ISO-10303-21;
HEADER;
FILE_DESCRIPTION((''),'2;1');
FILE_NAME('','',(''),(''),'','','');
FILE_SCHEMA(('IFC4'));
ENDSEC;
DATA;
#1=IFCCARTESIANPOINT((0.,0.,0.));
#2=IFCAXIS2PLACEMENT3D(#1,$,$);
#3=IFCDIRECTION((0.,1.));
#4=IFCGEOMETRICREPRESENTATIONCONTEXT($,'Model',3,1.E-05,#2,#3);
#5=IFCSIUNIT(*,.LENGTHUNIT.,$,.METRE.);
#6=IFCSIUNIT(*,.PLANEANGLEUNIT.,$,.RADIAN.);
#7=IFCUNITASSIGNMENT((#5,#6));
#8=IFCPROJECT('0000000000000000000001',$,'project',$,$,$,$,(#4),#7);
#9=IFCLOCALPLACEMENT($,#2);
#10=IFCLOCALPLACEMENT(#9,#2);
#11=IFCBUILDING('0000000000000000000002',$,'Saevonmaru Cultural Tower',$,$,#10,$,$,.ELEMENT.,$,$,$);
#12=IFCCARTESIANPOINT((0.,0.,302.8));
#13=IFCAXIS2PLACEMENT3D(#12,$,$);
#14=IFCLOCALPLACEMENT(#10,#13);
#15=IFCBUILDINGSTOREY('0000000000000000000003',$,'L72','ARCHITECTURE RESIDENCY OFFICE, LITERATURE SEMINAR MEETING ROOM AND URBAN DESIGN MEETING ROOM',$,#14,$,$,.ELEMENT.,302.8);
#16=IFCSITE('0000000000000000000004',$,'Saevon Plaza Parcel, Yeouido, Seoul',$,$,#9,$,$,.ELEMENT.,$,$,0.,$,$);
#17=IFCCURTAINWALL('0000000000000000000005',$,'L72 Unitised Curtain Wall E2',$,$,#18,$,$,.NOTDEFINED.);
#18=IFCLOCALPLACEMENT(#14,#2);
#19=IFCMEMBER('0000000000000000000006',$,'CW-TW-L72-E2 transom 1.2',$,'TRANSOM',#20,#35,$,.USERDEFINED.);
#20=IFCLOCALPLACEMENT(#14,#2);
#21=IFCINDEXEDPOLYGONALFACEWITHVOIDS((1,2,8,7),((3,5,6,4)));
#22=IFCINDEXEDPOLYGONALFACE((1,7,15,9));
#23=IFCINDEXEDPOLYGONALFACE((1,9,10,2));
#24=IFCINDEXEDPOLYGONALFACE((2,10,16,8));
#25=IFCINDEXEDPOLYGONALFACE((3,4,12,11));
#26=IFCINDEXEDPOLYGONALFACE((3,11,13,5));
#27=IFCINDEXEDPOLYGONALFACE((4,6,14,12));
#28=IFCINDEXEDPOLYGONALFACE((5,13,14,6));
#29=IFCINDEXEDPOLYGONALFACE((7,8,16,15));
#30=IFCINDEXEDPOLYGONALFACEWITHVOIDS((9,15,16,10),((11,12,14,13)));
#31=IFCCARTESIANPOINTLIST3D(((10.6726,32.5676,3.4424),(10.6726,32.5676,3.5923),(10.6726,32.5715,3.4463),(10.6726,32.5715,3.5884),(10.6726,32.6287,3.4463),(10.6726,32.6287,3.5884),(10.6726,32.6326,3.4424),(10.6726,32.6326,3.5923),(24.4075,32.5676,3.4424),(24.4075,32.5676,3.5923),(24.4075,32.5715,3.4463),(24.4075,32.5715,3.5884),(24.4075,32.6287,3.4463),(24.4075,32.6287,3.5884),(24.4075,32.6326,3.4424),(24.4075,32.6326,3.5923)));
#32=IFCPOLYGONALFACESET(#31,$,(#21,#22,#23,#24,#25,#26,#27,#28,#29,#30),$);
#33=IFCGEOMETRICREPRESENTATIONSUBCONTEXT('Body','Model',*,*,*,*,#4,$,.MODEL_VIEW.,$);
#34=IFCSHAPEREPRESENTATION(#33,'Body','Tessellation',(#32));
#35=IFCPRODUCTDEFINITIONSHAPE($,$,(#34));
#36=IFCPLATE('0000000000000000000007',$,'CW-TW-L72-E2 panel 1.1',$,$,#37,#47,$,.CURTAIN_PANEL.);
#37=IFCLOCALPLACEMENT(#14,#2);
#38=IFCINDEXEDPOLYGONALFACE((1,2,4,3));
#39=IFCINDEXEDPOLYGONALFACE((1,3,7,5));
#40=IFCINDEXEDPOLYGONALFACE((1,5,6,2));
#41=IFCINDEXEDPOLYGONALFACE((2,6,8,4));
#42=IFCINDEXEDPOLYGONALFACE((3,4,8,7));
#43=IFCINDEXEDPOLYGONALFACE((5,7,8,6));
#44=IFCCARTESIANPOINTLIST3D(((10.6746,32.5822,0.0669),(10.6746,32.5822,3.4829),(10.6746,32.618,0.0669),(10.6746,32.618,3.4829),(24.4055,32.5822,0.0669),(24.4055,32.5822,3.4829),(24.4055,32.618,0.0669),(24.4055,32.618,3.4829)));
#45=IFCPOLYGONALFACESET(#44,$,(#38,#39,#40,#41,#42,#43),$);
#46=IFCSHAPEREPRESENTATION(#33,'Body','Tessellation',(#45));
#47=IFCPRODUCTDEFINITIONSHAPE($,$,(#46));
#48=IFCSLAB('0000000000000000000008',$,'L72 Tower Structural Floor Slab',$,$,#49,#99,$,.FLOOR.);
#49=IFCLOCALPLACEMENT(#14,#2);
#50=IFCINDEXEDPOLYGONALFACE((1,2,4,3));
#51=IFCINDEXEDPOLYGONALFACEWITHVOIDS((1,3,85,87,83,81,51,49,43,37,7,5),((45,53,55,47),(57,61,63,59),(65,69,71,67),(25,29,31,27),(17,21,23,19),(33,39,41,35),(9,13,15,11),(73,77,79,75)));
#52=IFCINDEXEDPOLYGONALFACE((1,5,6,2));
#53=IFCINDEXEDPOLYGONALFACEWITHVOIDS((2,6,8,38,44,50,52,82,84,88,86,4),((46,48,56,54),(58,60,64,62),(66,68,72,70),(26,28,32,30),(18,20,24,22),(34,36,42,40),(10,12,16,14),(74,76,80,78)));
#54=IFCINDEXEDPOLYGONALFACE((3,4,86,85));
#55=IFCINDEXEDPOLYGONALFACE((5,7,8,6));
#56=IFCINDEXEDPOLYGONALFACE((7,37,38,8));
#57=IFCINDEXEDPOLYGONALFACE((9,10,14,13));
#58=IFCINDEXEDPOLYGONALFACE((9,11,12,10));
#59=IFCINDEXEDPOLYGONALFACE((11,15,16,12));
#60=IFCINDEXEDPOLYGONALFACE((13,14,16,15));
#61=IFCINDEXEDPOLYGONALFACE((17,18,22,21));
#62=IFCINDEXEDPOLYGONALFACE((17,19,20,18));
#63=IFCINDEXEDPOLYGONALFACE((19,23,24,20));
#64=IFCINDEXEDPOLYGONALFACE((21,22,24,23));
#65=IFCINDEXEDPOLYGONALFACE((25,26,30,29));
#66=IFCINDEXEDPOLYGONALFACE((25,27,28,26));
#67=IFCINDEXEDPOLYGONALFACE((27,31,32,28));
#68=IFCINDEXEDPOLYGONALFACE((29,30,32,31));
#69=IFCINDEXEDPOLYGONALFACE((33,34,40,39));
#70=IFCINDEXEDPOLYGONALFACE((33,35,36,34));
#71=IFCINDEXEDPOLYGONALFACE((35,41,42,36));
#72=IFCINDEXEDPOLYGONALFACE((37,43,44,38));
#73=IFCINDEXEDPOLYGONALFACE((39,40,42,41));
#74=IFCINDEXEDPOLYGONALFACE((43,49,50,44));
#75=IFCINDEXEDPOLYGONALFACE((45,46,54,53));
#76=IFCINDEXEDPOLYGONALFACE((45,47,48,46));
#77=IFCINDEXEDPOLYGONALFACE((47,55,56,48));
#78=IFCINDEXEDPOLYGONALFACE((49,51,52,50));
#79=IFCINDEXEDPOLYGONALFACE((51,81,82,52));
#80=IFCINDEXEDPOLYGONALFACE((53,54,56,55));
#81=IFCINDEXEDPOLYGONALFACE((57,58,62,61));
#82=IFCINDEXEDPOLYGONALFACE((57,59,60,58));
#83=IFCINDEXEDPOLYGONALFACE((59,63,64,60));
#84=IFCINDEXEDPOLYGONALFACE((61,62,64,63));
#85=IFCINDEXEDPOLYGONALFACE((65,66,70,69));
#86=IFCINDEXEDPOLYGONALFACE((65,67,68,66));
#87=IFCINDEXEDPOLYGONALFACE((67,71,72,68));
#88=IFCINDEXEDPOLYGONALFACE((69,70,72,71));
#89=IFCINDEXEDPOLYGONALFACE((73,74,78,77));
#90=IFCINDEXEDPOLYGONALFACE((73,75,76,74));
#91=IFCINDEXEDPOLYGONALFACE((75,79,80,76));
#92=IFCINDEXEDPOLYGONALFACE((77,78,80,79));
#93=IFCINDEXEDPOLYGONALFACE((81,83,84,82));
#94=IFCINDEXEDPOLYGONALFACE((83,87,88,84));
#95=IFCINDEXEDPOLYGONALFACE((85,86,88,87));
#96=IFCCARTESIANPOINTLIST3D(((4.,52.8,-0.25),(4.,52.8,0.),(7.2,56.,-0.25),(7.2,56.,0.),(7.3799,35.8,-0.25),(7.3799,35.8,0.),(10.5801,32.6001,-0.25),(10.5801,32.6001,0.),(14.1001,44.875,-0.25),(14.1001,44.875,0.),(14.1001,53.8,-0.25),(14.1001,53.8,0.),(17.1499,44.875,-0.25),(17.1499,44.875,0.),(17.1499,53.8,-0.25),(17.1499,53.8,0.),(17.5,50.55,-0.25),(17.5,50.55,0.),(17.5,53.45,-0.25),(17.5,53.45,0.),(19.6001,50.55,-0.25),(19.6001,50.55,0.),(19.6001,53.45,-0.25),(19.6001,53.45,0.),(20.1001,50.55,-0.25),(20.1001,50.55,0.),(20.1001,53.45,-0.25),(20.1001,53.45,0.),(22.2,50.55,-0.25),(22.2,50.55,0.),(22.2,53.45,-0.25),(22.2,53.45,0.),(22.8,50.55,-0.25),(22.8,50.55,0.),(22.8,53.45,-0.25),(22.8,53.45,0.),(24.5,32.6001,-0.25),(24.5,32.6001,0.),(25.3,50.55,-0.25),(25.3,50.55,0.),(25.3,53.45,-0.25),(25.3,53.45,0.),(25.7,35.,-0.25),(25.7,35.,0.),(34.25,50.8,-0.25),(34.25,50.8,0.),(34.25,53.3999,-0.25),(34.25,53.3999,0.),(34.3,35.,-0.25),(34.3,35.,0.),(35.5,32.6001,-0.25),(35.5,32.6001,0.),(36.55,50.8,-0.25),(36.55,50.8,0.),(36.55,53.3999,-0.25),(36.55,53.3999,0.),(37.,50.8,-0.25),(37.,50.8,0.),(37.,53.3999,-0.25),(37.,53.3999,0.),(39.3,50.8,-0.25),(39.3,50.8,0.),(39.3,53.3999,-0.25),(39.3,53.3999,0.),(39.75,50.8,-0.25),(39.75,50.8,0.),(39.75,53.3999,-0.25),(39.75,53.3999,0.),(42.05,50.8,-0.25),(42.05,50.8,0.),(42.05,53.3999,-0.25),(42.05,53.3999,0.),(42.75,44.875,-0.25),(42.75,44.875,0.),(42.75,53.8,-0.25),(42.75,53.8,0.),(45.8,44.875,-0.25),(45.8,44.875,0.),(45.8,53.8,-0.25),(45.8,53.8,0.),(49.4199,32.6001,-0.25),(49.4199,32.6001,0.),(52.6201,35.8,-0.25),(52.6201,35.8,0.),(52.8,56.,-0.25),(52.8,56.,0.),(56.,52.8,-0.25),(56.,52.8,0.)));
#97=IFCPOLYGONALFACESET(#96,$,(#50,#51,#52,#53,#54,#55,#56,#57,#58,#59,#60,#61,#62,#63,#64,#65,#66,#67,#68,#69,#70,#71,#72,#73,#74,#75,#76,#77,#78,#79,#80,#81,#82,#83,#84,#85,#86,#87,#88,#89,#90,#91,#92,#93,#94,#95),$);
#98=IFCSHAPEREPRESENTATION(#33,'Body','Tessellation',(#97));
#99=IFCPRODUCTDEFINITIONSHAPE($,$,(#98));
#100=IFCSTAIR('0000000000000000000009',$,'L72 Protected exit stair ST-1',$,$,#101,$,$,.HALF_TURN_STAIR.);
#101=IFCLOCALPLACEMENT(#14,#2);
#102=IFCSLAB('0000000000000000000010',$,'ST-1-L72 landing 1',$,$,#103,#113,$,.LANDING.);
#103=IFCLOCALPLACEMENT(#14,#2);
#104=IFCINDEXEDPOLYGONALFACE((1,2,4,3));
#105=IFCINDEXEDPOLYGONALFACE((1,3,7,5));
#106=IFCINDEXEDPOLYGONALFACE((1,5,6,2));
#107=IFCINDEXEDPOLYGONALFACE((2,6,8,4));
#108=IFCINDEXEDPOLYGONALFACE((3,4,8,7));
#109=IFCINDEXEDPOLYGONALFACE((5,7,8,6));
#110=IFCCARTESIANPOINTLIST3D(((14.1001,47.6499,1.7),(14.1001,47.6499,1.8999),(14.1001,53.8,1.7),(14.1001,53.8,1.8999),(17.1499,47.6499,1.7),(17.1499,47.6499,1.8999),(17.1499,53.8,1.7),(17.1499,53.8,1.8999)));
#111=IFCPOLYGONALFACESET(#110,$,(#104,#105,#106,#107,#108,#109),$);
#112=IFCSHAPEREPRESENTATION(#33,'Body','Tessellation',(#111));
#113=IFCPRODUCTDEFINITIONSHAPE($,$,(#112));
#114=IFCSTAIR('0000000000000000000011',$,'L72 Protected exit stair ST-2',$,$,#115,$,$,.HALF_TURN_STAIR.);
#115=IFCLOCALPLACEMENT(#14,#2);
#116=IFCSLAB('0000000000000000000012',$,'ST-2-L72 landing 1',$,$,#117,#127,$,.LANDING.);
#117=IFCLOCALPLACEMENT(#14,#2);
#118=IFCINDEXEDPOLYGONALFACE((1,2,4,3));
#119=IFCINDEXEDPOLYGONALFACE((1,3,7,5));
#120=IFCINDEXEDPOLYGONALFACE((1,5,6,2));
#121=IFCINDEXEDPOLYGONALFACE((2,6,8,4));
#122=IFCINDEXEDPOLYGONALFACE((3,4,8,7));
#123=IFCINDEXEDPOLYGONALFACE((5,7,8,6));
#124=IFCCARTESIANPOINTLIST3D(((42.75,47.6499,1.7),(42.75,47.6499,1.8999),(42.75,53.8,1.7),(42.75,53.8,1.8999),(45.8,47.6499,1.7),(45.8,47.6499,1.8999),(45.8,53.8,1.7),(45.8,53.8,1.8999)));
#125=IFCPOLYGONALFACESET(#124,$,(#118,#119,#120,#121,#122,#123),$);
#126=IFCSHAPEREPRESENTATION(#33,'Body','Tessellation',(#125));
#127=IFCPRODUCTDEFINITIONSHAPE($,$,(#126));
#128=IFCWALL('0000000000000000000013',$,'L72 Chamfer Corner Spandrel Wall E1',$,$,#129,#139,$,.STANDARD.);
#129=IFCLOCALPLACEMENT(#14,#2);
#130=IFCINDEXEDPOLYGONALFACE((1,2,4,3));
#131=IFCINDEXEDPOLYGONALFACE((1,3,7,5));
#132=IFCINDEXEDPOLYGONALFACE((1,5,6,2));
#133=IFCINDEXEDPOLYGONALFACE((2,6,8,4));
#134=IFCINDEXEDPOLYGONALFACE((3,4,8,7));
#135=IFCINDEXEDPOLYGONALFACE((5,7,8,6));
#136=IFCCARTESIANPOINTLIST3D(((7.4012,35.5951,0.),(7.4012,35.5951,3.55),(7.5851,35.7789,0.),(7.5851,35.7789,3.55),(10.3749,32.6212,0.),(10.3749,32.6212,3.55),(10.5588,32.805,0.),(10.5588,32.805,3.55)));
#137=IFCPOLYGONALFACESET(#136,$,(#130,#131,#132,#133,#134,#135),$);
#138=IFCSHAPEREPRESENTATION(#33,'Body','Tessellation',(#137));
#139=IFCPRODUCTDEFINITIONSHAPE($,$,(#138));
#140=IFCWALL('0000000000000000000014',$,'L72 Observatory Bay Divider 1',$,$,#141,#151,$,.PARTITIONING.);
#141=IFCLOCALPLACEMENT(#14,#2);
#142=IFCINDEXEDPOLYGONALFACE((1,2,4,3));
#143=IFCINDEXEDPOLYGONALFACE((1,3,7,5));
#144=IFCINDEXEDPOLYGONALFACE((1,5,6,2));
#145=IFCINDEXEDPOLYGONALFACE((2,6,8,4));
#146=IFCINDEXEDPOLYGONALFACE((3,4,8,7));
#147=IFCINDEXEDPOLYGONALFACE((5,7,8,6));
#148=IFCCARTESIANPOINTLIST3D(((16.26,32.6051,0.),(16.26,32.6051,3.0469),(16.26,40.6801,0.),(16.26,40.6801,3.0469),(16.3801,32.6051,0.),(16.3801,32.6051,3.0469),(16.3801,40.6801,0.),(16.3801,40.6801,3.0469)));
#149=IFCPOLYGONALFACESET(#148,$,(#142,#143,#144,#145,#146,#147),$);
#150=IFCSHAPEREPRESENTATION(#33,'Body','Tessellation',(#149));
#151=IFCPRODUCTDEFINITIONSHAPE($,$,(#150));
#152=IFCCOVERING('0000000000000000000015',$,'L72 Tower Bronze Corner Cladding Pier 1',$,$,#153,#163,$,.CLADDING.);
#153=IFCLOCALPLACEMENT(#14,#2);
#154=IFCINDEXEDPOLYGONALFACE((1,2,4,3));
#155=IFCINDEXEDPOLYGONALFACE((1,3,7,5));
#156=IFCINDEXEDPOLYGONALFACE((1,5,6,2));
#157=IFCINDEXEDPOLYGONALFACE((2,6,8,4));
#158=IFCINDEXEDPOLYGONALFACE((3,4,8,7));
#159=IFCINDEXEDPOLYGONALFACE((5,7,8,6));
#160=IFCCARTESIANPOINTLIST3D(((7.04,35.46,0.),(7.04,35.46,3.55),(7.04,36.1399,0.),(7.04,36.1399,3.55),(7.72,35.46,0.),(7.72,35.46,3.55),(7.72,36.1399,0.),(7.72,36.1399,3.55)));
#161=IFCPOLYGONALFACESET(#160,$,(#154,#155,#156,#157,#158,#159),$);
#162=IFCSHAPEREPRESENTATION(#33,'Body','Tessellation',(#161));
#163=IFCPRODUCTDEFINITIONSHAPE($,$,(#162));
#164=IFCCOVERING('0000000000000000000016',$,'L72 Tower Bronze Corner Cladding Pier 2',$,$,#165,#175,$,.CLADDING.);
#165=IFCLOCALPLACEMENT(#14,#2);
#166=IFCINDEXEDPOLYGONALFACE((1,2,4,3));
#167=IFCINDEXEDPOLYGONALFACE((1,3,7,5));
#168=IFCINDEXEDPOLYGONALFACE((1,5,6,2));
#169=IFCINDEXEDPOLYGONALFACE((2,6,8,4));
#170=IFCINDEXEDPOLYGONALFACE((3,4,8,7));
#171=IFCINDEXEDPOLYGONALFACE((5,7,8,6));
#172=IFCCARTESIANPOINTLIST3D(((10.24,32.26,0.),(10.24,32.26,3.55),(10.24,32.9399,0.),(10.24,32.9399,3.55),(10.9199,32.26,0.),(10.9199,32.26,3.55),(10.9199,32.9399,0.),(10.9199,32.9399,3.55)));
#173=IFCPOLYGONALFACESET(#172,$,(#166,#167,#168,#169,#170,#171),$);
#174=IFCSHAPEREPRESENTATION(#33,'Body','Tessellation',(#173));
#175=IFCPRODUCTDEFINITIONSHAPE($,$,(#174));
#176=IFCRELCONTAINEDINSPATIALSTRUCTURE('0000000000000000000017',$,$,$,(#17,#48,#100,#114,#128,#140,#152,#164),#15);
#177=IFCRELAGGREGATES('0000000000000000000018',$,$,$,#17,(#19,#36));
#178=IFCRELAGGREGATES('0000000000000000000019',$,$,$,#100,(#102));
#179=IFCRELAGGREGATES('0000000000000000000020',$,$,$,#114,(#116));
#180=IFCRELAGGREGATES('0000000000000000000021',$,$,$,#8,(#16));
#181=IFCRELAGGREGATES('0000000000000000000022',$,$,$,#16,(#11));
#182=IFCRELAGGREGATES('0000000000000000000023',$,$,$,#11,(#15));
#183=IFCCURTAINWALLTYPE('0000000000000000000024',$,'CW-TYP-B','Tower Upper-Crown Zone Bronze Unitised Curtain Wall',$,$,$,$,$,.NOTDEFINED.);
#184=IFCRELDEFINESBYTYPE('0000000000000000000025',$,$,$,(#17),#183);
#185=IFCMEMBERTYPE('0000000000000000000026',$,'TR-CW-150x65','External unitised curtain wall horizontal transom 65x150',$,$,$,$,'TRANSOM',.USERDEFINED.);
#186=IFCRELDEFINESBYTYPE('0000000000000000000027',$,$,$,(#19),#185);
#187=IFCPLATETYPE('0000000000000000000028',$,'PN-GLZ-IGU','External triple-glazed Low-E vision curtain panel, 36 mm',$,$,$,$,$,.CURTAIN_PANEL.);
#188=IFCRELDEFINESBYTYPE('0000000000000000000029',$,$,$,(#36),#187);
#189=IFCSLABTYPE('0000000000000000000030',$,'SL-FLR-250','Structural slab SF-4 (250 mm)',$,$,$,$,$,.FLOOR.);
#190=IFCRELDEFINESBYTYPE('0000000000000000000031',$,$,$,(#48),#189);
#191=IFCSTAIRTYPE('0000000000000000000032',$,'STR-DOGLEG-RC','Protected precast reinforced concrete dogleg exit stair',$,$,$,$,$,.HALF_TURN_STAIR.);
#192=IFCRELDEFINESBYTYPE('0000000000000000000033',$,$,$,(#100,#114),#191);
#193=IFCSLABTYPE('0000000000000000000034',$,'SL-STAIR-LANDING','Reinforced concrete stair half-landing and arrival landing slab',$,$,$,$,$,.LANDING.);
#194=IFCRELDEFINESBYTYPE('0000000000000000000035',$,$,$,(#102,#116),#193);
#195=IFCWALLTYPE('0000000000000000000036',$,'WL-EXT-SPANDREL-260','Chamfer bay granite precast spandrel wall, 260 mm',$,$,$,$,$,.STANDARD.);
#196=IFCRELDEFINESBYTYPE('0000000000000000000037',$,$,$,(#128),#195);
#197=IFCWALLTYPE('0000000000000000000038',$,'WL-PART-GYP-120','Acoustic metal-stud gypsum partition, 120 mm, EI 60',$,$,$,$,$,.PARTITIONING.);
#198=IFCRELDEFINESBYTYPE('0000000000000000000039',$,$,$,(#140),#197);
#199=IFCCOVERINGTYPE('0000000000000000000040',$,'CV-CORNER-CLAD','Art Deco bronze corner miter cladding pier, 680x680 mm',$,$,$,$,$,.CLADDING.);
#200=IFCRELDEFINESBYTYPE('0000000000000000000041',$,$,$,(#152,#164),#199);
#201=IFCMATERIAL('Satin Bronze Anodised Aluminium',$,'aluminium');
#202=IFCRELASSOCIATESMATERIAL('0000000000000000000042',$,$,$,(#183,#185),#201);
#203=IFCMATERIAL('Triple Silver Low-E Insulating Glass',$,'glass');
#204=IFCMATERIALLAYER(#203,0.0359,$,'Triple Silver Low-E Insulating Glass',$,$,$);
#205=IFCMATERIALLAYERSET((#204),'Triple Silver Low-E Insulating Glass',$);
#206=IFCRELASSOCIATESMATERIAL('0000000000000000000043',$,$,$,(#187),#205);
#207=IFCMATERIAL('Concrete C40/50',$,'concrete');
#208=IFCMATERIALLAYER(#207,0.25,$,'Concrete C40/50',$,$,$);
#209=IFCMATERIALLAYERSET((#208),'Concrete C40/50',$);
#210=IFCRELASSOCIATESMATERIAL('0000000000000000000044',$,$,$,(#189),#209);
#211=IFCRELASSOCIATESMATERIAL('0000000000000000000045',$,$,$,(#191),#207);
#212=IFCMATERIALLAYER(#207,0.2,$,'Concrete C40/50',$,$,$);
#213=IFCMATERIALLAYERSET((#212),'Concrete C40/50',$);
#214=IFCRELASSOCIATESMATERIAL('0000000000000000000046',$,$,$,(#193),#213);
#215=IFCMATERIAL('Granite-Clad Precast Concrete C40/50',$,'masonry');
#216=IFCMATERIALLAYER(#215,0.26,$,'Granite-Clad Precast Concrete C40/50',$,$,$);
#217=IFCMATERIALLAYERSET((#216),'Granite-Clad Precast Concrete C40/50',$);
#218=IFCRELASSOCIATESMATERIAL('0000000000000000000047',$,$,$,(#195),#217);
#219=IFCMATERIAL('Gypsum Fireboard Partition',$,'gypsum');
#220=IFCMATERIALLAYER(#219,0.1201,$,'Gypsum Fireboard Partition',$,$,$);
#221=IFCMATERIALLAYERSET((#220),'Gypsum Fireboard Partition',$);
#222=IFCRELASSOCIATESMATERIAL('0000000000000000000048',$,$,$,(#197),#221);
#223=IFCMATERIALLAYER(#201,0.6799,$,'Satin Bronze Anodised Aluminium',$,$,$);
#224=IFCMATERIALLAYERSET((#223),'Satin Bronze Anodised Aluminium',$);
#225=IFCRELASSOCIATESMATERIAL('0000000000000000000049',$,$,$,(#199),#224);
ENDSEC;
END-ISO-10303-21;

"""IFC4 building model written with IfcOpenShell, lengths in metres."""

from ifc_helpers import new_model, si_unit, direction, frame, frame_2d, origin, origin_2d, place, context, subcontext, project, spatial, polyline, rectangle, hollow_rectangle, outline, extrude, material, layer, layer_set, material_profile, profile_set, type_object, element, aggregate, save


model = new_model("IFC4")

# Units and contexts
model_context = context("Model", 3, precision=1e-05, world=origin(), true_north=direction((0.0, 1.0)))
body_context = subcontext(model_context, "Body", "Model", "MODEL_VIEW")
ifc_project = project(units=[si_unit("LENGTHUNIT", "METRE"), si_unit("PLANEANGLEUNIT", "RADIAN")], contexts=[model_context])

# Site, building, storey
site_placement = place(None, origin())
site = spatial("IfcSite", under=ifc_project, at=site_placement, Name="Saevon Plaza Parcel, Yeouido, Seoul", CompositionType="ELEMENT", RefElevation=0.0)
building_placement = place(site_placement, origin())
building = spatial("IfcBuilding", under=site, at=building_placement, Name="Saevonmaru Cultural Tower", CompositionType="ELEMENT")
storey_placement = place(building_placement, frame((0.0, 0.0, 302.8)))
storey = spatial("IfcBuildingStorey", under=building, at=storey_placement, Name="L72", Description="ARCHITECTURE RESIDENCY OFFICE, LITERATURE SEMINAR MEETING ROOM AND URBAN DESIGN MEETING ROOM", CompositionType="ELEMENT", Elevation=302.8)

# Curtain wall
ifc_material_1 = material(Name="Satin Bronze Anodised Aluminium", Category="aluminium")
curtain_wall_type = type_object("IfcCurtainWallType", Name="CW-TYP-B", Description="Tower Upper-Crown Zone Bronze Unitised Curtain Wall", PredefinedType="NOTDEFINED", material=ifc_material_1)
curtain_wall_1_placement = place(storey_placement, origin())
curtain_wall_1 = element("IfcCurtainWall", 1, at=curtain_wall_1_placement, inside=storey, type_object=curtain_wall_type, Name="L72 Unitised Curtain Wall E2", PredefinedType="NOTDEFINED")

# Member
ifc_material_profile_1 = material_profile(ifc_material_1, hollow_rectangle(XDim=0.0649, YDim=0.1499, WallThickness=0.0039, at=origin_2d()), Name="ALU-TRAN-150x65x4")
ifc_profile_set_1 = profile_set([ifc_material_profile_1], Name="Satin Bronze Anodised Aluminium")
member_type_1 = type_object("IfcMemberType", Name="TR-CW-150x65", Description="External unitised curtain wall horizontal transom 65x150", ElementType="TRANSOM", PredefinedType="USERDEFINED", material=ifc_profile_set_1)
member_1_placement = place(storey_placement, frame((10.6726, 32.6001, 3.5173), z_axis=(1.0, 0.0, 0.0), x_axis=(0.0, 1.0, 0.0)))
member_1 = element("IfcMember", 2, at=member_1_placement, type_object=member_type_1, Name="CW-TW-L72-E2 transom 1.2", ObjectType="TRANSOM", PredefinedType="USERDEFINED", context=body_context, shape_type="SweptSolid", body=[
    extrude(hollow_rectangle(XDim=0.0649, YDim=0.1499, WallThickness=0.0039, at=origin_2d()), origin(), (0.0, 0.0, 1.0), 13.7349),
])

# Plate
ifc_material_2 = material(Name="Triple Silver Low-E Insulating Glass", Category="glass")
ifc_layer_1 = layer(ifc_material_2, 0.0359, Name="Triple Silver Low-E Insulating Glass")
ifc_layer_set_1 = layer_set([ifc_layer_1], Name="Triple Silver Low-E Insulating Glass")
plate_type = type_object("IfcPlateType", Name="PN-GLZ-IGU", Description="External triple-glazed Low-E vision curtain panel, 36 mm", PredefinedType="CURTAIN_PANEL", material=ifc_layer_set_1)
plate_placement = place(storey_placement, frame((17.54, 32.6001, 0.0669), z_axis=(0.0, 0.0, 1.0), x_axis=(1.0, 0.0, 0.0)))
plate = element("IfcPlate", 3, at=plate_placement, type_object=plate_type, Name="CW-TW-L72-E2 panel 1.1", PredefinedType="CURTAIN_PANEL", context=body_context, shape_type="SweptSolid", body=[
    extrude(rectangle(XDim=13.731, YDim=0.0359, at=origin_2d()), origin(), (0.0, 0.0, 1.0), 3.416),
])
aggregate(curtain_wall_1, [member_1, plate])

# Slab
ifc_material_3 = material(Name="Concrete C40/50", Category="concrete")
ifc_layer_2 = layer(ifc_material_3, 0.25, Name="Concrete C40/50")
ifc_layer_set_2 = layer_set([ifc_layer_2], Name="Concrete C40/50")
slab_type_1 = type_object("IfcSlabType", Name="SL-FLR-250", Description="Structural slab SF-4 (250 mm)", PredefinedType="FLOOR", material=ifc_layer_set_2)
slab_1_placement = place(storey_placement, frame((0.0, 0.0, -0.25)))
element("IfcSlab", 4, at=slab_1_placement, inside=storey, type_object=slab_type_1, Name="L72 Tower Structural Floor Slab", PredefinedType="FLOOR", context=body_context, shape_type="SweptSolid", body=[
    extrude(outline(polyline([(7.3799, 35.8), (10.5801, 32.6001), (24.5, 32.6001), (25.7, 35.0), (34.3, 35.0), (35.5, 32.6001), (49.4199, 32.6001), (52.6201, 35.8), (56.0, 52.8), (52.8, 56.0), (7.2, 56.0), (4.0, 52.8), (7.3799, 35.8)]), holes=[polyline([(45.8, 53.8), (45.8, 44.875), (42.75, 44.875), (42.75, 53.8), (45.8, 53.8)]), polyline([(42.05, 50.8), (39.75, 50.8), (39.75, 53.3999), (42.05, 53.3999), (42.05, 50.8)]), polyline([(39.3, 50.8), (37.0, 50.8), (37.0, 53.3999), (39.3, 53.3999), (39.3, 50.8)]), polyline([(36.55, 50.8), (34.25, 50.8), (34.25, 53.3999), (36.55, 53.3999), (36.55, 50.8)]), polyline([(25.3, 50.55), (22.8, 50.55), (22.8, 53.45), (25.3, 53.45), (25.3, 50.55)]), polyline([(22.2, 50.55), (20.1001, 50.55), (20.1001, 53.45), (22.2, 53.45), (22.2, 50.55)]), polyline([(19.6001, 50.55), (17.5, 50.55), (17.5, 53.45), (19.6001, 53.45), (19.6001, 50.55)]), polyline([(17.1499, 53.8), (17.1499, 44.875), (14.1001, 44.875), (14.1001, 53.8), (17.1499, 53.8)])]), origin(), (0.0, 0.0, 1.0), 0.25),
])

# Stairs, slabs
stair_type = type_object("IfcStairType", Name="STR-DOGLEG-RC", Description="Protected precast reinforced concrete dogleg exit stair", PredefinedType="HALF_TURN_STAIR", material=ifc_material_3)
stair_1_placement = place(storey_placement, origin())
stair_1 = element("IfcStair", 5, at=stair_1_placement, inside=storey, type_object=stair_type, Name="L72 Protected exit stair ST-1", PredefinedType="HALF_TURN_STAIR")
ifc_layer_3 = layer(ifc_material_3, 0.2, Name="Concrete C40/50")
ifc_layer_set_3 = layer_set([ifc_layer_3], Name="Concrete C40/50")
slab_type_2 = type_object("IfcSlabType", Name="SL-STAIR-LANDING", Description="Reinforced concrete stair half-landing and arrival landing slab", PredefinedType="LANDING", material=ifc_layer_set_3)
slab_2_placement = place(storey_placement, frame((0.0, 0.0, 1.7)))
slab_2 = element("IfcSlab", 6, at=slab_2_placement, type_object=slab_type_2, Name="ST-1-L72 landing 1", PredefinedType="LANDING", context=body_context, shape_type="SweptSolid", body=[
    extrude(outline(polyline([(17.1499, 47.6499), (17.1499, 53.8), (14.1001, 53.8), (14.1001, 47.6499), (17.1499, 47.6499)])), origin(), (0.0, 0.0, 1.0), 0.2),
])
aggregate(stair_1, [slab_2])
stair_2_placement = place(storey_placement, origin())
stair_2 = element("IfcStair", 7, at=stair_2_placement, inside=storey, type_object=stair_type, Name="L72 Protected exit stair ST-2", PredefinedType="HALF_TURN_STAIR")
slab_3_placement = place(storey_placement, frame((0.0, 0.0, 1.7)))
slab_3 = element("IfcSlab", 8, at=slab_3_placement, type_object=slab_type_2, Name="ST-2-L72 landing 1", PredefinedType="LANDING", context=body_context, shape_type="SweptSolid", body=[
    extrude(outline(polyline([(45.8, 47.6499), (45.8, 53.8), (42.75, 53.8), (42.75, 47.6499), (45.8, 47.6499)])), origin(), (0.0, 0.0, 1.0), 0.2),
])
aggregate(stair_2, [slab_3])

# Walls
ifc_material_4 = material(Name="Granite-Clad Precast Concrete C40/50", Category="masonry")
ifc_layer_4 = layer(ifc_material_4, 0.26, Name="Granite-Clad Precast Concrete C40/50")
ifc_layer_set_4 = layer_set([ifc_layer_4], Name="Granite-Clad Precast Concrete C40/50")
wall_type_1 = type_object("IfcWallType", Name="WL-EXT-SPANDREL-260", Description="Chamfer bay granite precast spandrel wall, 260 mm", PredefinedType="STANDARD", material=ifc_layer_set_4)
wall_1_placement = place(storey_placement, frame((7.4932, 35.687, 0.0), z_axis=(0.0, 0.0, 1.0), x_axis=(0.707078, -0.707136, 0.0)))
element("IfcWall", 9, at=wall_1_placement, inside=storey, type_object=wall_type_1, Name="L72 Chamfer Corner Spandrel Wall E1", PredefinedType="STANDARD", context=body_context, shape_type="SweptSolid", body=[
    extrude(rectangle(XDim=4.2056, YDim=0.26, at=frame_2d((2.1028, 0.0))), origin(), (0.0, 0.0, 1.0), 3.55),
])
ifc_material_5 = material(Name="Gypsum Fireboard Partition", Category="gypsum")
ifc_layer_5 = layer(ifc_material_5, 0.1201, Name="Gypsum Fireboard Partition")
ifc_layer_set_5 = layer_set([ifc_layer_5], Name="Gypsum Fireboard Partition")
wall_type_2 = type_object("IfcWallType", Name="WL-PART-GYP-120", Description="Acoustic metal-stud gypsum partition, 120 mm, EI 60", PredefinedType="PARTITIONING", material=ifc_layer_set_5)
wall_2_placement = place(storey_placement, frame((16.3201, 32.605, 0.0), z_axis=(0.0, 0.0, 1.0), x_axis=(0.0, 1.0, 0.0)))
element("IfcWall", 10, at=wall_2_placement, inside=storey, type_object=wall_type_2, Name="L72 Observatory Bay Divider 1", PredefinedType="PARTITIONING", context=body_context, shape_type="SweptSolid", body=[
    extrude(rectangle(XDim=8.075, YDim=0.1201, at=frame_2d((4.0376, 0.0))), origin(), (0.0, 0.0, 1.0), 3.0469),
])

# Coverings
ifc_layer_6 = layer(ifc_material_1, 0.6799, Name="Satin Bronze Anodised Aluminium")
ifc_layer_set_6 = layer_set([ifc_layer_6], Name="Satin Bronze Anodised Aluminium")
covering_type = type_object("IfcCoveringType", Name="CV-CORNER-CLAD", Description="Art Deco bronze corner miter cladding pier, 680x680 mm", PredefinedType="CLADDING", material=ifc_layer_set_6)
covering_1_placement = place(storey_placement, origin())
element("IfcCovering", 11, at=covering_1_placement, inside=storey, type_object=covering_type, Name="L72 Tower Bronze Corner Cladding Pier 1", PredefinedType="CLADDING", context=body_context, shape_type="SweptSolid", body=[
    extrude(outline(polyline([(7.04, 35.46), (7.72, 35.46), (7.72, 36.1399), (7.04, 36.1399), (7.04, 35.46)])), origin(), (0.0, 0.0, 1.0), 3.55),
])
covering_2_placement = place(storey_placement, origin())
element("IfcCovering", 12, at=covering_2_placement, inside=storey, type_object=covering_type, Name="L72 Tower Bronze Corner Cladding Pier 2", PredefinedType="CLADDING", context=body_context, shape_type="SweptSolid", body=[
    extrude(outline(polyline([(10.24, 32.26), (10.9199, 32.26), (10.9199, 32.9399), (10.24, 32.9399), (10.24, 32.26)])), origin(), (0.0, 0.0, 1.0), 3.55),
])

save(model, "model.ifc")
